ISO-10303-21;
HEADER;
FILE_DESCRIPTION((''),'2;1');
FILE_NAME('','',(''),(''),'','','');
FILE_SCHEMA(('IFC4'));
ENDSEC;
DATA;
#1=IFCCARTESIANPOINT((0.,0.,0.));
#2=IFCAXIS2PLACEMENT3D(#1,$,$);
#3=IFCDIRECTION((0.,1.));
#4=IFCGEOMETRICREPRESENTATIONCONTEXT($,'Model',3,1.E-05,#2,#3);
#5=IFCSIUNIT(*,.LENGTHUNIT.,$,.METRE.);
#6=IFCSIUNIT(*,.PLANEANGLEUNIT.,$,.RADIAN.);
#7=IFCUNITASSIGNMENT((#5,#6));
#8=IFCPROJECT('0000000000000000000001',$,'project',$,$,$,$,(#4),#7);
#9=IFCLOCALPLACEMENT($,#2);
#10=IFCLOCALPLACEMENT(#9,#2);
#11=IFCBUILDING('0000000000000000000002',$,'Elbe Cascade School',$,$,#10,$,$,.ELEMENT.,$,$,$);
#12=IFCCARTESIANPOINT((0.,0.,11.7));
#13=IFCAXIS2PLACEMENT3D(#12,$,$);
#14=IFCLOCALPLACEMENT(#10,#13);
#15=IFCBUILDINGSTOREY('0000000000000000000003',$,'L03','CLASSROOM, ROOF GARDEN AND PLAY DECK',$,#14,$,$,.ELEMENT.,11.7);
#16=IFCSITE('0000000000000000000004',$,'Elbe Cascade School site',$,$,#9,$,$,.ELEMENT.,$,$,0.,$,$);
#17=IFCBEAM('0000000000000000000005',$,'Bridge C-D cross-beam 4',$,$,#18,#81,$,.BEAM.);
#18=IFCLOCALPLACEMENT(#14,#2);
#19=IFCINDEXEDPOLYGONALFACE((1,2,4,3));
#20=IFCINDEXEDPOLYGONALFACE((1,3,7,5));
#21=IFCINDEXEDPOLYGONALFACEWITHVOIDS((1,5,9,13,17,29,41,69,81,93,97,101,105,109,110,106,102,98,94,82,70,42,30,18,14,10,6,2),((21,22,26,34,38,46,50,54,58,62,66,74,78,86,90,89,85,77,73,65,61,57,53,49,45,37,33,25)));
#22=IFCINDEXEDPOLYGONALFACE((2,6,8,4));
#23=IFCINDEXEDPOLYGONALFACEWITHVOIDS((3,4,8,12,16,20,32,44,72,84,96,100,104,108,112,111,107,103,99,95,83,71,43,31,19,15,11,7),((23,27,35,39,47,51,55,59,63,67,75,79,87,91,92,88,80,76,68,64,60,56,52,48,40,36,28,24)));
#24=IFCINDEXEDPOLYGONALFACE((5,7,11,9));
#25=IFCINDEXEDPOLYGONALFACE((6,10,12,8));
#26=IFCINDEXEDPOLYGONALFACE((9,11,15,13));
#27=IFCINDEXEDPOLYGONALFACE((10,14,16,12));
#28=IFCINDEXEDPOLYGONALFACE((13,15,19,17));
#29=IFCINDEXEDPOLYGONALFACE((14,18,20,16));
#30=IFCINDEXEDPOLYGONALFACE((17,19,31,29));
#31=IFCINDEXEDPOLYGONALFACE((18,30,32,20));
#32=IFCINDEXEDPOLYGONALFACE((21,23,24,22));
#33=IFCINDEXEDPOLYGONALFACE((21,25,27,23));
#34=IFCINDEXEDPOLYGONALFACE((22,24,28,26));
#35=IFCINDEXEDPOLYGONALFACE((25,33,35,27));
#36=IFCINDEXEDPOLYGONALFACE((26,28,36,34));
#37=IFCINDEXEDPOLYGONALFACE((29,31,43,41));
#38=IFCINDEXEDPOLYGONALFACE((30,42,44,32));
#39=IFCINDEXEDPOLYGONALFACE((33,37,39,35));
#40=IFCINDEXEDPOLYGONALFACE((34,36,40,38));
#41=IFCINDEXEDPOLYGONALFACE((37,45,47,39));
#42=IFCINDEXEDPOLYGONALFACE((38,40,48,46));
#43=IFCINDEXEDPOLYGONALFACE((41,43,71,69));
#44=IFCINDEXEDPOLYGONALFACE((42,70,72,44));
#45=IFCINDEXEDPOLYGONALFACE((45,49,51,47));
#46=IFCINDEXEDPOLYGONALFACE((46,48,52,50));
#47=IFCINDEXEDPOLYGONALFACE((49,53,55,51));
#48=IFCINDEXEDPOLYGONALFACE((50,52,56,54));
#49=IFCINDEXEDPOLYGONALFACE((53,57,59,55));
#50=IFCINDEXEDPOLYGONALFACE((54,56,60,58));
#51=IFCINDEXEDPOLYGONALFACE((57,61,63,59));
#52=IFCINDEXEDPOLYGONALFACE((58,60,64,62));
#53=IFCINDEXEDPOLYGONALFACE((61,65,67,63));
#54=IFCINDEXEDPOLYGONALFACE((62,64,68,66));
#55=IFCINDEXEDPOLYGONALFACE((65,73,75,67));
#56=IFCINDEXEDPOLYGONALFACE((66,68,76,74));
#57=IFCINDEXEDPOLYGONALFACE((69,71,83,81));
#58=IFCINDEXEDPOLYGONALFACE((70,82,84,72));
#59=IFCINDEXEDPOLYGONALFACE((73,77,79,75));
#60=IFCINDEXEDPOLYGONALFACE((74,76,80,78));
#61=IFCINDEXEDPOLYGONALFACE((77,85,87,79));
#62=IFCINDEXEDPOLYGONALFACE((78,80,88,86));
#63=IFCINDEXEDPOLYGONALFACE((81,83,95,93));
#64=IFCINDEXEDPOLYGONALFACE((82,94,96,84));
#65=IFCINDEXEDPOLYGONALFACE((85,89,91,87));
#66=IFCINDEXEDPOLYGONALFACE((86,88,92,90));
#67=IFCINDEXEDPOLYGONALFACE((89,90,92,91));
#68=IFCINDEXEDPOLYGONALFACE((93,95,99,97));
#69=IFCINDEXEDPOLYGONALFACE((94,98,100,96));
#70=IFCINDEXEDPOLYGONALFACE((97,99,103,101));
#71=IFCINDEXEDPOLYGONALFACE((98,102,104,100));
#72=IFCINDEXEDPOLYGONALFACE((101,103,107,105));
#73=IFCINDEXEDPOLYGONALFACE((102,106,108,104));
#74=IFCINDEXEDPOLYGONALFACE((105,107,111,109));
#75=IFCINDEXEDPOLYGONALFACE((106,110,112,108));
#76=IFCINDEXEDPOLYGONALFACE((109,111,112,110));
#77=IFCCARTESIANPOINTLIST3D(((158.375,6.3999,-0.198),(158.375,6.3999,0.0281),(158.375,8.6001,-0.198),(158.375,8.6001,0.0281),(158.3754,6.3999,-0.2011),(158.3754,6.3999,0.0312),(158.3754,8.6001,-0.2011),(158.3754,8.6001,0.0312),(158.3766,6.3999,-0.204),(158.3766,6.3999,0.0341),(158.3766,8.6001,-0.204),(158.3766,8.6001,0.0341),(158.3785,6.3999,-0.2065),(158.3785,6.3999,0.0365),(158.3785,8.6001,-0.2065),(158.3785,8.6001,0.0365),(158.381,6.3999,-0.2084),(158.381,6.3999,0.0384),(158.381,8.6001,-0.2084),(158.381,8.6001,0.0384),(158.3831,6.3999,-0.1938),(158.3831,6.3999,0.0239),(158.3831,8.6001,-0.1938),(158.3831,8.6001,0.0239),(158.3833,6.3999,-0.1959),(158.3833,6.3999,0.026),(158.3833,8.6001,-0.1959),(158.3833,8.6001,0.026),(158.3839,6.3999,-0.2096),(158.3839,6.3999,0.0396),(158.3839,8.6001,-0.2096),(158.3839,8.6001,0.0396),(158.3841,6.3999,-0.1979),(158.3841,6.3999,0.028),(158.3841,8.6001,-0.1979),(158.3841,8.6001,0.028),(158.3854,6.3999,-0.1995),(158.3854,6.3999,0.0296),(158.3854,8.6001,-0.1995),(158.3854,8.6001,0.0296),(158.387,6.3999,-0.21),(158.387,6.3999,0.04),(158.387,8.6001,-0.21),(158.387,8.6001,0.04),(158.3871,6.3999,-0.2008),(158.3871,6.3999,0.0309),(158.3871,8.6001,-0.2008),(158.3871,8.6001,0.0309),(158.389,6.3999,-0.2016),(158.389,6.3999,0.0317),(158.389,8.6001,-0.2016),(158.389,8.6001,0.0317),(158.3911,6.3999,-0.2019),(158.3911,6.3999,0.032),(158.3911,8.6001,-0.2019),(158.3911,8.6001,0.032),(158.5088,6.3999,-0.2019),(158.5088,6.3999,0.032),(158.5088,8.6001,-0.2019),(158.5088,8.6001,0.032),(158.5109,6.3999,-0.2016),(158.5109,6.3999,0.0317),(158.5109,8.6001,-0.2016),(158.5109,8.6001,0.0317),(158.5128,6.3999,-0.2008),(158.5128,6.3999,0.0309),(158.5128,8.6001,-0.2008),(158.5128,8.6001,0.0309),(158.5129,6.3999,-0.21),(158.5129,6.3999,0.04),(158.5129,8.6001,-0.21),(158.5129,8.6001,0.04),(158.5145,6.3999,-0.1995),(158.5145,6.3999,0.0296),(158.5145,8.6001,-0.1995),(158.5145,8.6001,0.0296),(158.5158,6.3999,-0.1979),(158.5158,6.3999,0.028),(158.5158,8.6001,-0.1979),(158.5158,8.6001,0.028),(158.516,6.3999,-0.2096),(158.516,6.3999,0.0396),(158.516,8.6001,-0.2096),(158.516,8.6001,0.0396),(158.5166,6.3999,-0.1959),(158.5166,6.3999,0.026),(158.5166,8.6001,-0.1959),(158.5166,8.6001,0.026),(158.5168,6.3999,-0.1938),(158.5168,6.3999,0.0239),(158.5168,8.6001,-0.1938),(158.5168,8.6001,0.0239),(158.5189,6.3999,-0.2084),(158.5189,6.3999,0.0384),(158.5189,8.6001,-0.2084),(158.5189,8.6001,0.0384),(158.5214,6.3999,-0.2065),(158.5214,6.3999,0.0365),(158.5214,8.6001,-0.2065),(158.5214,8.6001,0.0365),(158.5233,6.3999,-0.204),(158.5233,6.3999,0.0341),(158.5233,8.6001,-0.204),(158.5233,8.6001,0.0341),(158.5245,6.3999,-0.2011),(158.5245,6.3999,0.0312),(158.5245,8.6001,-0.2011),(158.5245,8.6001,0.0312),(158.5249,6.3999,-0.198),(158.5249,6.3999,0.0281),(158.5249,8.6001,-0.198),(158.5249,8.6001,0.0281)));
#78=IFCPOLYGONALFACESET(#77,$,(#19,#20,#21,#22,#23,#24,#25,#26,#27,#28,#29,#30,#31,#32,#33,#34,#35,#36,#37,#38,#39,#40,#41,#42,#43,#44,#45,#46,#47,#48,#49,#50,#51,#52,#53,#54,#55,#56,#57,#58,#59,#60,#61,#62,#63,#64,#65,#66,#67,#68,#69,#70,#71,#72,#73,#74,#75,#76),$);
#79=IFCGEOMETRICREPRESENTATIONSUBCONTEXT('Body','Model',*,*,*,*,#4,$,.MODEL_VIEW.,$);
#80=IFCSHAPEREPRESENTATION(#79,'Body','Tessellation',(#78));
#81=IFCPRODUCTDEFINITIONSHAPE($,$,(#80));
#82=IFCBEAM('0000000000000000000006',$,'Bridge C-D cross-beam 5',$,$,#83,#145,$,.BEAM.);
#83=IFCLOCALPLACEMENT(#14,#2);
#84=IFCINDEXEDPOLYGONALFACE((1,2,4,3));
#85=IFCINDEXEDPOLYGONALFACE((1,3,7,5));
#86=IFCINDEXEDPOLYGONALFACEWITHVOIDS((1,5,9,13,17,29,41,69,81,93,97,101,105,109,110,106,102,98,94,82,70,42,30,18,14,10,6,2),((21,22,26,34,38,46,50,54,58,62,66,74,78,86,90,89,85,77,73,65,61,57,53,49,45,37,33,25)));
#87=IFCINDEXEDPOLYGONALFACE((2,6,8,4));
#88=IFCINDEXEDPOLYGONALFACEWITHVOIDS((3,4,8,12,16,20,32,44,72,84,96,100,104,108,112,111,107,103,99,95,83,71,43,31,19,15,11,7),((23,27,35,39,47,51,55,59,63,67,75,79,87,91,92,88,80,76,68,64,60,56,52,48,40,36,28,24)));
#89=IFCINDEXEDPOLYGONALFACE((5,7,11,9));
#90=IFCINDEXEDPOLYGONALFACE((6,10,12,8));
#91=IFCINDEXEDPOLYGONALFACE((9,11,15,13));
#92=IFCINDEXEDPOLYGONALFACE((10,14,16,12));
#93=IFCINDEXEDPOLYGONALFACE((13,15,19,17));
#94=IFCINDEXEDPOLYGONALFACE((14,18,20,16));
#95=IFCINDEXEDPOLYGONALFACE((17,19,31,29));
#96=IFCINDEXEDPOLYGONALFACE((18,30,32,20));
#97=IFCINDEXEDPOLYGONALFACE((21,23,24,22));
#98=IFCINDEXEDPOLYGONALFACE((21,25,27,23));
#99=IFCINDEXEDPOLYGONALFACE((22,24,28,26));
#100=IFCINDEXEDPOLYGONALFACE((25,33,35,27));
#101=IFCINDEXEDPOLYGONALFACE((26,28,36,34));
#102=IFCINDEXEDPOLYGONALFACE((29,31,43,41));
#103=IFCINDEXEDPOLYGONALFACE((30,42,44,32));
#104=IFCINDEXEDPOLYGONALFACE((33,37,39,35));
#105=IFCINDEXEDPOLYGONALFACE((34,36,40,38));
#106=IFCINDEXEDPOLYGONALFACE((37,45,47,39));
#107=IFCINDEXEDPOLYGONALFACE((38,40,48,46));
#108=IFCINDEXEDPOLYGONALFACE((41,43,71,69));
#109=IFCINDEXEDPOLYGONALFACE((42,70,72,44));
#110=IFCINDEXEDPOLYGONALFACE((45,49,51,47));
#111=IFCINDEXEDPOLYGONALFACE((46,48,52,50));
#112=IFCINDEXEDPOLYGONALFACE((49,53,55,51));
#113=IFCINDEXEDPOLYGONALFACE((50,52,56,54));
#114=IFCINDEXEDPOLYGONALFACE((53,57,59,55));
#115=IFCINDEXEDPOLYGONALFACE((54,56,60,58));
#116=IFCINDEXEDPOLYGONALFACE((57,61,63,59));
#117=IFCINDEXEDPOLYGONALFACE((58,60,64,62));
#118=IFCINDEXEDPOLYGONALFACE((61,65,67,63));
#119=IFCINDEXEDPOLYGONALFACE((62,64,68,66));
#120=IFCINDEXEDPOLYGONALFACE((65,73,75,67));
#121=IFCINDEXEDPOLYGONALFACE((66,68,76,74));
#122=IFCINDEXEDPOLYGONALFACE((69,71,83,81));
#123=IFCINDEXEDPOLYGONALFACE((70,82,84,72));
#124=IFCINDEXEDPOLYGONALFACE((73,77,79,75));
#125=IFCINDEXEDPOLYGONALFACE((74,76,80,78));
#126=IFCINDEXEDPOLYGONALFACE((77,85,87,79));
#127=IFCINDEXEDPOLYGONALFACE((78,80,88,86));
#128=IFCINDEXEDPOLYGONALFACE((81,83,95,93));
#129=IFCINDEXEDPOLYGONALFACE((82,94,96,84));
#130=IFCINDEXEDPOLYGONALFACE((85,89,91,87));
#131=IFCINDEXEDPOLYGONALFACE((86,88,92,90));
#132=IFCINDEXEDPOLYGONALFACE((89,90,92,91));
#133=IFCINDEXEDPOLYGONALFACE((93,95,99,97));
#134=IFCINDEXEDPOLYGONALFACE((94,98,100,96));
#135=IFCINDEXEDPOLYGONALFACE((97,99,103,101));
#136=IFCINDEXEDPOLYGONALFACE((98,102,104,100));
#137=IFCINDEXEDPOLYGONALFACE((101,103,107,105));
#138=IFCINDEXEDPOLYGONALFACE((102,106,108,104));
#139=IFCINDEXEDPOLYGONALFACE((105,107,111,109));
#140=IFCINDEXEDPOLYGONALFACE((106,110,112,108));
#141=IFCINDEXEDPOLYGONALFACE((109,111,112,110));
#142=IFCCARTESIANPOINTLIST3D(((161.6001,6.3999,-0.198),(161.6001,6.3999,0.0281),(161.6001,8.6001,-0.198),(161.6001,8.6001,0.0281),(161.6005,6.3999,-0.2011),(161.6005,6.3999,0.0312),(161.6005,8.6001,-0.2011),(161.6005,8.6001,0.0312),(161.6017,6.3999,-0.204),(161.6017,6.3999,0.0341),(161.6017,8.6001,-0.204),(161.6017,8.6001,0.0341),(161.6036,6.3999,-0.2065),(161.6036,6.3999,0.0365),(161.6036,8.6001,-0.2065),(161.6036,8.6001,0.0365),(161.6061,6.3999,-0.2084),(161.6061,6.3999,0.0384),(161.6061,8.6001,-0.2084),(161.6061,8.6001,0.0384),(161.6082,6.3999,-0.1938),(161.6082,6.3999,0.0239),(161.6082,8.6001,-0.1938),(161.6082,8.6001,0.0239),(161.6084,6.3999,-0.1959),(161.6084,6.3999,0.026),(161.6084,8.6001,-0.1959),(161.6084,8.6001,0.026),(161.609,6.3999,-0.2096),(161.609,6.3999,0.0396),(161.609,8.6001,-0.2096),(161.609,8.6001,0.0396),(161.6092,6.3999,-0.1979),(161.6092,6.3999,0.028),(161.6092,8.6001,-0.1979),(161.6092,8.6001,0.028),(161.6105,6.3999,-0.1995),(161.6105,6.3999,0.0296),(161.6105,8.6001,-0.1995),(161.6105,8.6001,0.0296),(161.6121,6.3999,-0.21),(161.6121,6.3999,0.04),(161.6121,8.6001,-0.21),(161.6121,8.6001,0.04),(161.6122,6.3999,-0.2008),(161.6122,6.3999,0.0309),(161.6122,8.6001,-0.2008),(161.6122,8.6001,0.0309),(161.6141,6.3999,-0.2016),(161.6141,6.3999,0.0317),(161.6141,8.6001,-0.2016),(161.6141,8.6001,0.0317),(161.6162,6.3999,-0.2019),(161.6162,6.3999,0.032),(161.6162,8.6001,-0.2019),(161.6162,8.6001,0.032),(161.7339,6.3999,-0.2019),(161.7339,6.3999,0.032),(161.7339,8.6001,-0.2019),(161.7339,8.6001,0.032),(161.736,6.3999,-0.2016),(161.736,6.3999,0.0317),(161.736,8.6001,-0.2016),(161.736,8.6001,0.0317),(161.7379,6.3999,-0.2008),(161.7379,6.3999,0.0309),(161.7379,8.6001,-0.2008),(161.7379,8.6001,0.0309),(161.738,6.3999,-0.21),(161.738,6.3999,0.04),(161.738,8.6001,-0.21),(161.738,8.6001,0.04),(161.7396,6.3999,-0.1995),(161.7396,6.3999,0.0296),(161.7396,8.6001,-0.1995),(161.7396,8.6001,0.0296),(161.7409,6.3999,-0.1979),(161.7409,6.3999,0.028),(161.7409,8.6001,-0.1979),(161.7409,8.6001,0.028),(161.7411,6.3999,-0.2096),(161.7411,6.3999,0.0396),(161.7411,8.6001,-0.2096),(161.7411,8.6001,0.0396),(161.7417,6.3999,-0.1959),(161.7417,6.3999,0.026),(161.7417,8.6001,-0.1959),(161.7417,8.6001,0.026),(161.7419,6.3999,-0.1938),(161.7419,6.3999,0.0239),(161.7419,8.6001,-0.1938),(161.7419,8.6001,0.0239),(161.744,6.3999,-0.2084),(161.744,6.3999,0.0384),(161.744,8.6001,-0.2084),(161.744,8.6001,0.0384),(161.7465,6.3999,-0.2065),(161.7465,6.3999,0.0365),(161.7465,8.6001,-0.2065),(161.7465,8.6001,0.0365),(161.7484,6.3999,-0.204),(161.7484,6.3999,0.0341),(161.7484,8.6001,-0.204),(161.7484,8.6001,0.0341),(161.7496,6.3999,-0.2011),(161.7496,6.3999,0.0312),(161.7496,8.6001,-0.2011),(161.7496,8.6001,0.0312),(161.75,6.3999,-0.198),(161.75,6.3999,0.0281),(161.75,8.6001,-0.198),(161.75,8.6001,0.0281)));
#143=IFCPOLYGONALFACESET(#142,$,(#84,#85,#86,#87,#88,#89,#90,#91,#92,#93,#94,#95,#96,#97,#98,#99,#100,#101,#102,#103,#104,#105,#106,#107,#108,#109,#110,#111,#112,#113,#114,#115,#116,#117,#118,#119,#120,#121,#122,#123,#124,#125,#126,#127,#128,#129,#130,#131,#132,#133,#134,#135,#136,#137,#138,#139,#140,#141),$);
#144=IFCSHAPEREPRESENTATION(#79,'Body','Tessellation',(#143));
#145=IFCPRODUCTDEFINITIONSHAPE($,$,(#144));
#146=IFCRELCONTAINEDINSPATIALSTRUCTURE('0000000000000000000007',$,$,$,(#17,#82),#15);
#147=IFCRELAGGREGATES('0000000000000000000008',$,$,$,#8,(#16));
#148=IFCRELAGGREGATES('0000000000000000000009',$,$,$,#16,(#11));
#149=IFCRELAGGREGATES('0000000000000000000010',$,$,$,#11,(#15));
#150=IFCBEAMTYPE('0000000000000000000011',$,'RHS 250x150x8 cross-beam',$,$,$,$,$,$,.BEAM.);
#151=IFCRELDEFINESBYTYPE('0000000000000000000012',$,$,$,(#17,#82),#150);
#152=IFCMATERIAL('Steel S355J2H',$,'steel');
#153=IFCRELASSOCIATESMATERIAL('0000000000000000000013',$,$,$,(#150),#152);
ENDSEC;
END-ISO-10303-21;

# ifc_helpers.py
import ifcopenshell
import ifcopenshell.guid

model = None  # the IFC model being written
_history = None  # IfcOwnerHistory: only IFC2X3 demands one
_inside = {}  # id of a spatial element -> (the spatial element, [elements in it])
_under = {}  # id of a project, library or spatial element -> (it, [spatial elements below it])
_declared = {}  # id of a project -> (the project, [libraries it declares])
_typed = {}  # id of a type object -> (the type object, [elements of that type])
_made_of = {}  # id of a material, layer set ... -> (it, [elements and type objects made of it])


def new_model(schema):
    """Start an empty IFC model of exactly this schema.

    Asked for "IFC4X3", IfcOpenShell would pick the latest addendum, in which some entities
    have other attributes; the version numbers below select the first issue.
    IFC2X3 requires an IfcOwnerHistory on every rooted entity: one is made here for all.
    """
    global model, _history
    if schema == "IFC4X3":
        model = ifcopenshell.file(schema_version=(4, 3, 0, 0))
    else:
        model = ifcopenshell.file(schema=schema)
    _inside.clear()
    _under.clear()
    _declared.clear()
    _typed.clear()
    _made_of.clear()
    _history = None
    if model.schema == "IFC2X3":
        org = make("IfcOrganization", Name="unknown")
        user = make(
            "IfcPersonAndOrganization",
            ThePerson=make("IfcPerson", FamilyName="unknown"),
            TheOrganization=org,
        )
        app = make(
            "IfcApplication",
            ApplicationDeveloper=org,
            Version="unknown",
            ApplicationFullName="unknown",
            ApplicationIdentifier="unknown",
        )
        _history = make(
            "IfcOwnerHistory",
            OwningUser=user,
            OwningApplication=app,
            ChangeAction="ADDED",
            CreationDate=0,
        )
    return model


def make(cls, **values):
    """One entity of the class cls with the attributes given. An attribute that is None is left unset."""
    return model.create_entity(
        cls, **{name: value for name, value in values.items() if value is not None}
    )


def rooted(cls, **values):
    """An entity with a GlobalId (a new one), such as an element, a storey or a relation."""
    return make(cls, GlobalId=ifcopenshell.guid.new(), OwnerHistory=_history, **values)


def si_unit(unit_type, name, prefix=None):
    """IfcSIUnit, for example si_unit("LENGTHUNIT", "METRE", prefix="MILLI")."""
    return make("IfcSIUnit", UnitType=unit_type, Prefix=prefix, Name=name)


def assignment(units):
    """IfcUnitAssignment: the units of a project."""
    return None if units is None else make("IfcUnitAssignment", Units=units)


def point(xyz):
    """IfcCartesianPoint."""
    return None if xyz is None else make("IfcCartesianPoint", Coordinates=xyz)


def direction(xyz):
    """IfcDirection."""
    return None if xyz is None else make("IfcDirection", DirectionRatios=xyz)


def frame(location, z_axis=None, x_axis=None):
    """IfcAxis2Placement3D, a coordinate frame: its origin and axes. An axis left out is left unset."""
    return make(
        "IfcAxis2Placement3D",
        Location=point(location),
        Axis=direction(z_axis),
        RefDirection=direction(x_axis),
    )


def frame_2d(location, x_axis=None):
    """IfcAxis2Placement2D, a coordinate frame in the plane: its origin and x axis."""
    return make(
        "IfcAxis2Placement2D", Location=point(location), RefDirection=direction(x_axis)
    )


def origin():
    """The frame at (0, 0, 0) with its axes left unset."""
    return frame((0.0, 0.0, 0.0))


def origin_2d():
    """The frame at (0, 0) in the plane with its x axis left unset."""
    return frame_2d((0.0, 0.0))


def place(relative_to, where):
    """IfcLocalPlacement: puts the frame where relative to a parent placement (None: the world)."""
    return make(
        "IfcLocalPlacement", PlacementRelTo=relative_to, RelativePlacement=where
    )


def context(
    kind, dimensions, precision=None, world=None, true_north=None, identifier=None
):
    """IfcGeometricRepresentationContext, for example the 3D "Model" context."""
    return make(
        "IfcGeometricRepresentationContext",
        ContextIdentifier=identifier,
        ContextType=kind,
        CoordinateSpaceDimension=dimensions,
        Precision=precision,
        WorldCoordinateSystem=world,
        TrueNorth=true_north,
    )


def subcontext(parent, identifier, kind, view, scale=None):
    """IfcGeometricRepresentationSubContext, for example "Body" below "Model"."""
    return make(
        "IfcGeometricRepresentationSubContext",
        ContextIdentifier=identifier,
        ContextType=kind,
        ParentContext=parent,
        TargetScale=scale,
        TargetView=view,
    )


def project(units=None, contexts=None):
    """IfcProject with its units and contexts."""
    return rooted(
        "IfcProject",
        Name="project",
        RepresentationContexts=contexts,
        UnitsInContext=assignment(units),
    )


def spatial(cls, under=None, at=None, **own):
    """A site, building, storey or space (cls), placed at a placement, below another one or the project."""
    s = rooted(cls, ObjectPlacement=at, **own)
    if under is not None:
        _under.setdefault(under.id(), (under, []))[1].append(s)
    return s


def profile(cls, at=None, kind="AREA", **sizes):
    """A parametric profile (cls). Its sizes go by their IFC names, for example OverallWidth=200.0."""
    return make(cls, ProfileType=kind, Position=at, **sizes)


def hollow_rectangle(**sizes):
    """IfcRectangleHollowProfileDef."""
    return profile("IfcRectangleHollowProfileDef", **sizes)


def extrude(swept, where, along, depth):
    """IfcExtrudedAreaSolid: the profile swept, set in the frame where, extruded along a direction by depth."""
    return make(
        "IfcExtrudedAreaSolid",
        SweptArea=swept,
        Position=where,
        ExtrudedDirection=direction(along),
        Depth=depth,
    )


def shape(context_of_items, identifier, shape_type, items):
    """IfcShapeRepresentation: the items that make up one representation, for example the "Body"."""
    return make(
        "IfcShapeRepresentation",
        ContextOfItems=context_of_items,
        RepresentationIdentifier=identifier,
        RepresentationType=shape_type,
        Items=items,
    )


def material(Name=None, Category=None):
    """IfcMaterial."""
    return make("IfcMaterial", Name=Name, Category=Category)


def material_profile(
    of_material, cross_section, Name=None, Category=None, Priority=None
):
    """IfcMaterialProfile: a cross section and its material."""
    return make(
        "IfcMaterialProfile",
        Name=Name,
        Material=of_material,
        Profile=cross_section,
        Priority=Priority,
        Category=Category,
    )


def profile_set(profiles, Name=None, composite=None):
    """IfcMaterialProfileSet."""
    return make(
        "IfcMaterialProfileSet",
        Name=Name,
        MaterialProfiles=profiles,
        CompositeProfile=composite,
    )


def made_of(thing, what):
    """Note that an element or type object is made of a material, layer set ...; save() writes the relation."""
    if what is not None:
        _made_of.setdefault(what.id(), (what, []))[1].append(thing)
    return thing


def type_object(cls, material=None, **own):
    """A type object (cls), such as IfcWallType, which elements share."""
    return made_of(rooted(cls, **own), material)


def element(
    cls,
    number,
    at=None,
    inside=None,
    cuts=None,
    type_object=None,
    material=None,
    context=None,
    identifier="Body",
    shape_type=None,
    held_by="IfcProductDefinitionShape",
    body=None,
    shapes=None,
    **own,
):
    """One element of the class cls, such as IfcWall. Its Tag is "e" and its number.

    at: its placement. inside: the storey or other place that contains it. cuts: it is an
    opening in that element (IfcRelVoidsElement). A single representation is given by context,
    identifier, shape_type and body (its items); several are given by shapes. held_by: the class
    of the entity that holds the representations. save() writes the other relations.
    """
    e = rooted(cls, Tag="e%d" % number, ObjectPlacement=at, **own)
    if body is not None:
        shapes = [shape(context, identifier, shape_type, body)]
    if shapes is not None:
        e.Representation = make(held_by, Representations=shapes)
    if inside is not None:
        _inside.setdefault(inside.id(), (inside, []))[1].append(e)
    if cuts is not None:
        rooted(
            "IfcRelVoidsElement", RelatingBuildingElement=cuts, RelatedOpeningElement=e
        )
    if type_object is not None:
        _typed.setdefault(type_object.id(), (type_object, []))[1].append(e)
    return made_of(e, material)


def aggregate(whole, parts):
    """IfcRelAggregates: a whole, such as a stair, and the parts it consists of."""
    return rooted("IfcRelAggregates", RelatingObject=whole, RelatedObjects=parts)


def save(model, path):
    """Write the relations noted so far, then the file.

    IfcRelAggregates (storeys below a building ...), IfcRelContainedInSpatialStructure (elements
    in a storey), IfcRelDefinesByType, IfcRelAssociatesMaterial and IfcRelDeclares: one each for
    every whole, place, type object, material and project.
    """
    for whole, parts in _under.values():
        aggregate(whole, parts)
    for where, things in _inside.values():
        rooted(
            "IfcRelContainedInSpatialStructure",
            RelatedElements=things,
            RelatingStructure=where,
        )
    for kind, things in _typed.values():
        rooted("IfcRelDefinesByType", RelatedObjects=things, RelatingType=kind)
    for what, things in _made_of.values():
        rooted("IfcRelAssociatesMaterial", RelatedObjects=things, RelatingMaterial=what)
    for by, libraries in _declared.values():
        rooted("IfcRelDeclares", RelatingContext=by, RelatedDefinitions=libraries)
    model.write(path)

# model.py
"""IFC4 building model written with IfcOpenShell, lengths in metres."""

from ifc_helpers import new_model, si_unit, direction, frame, origin, origin_2d, place, context, subcontext, project, spatial, hollow_rectangle, extrude, material, material_profile, profile_set, type_object, element, save


model = new_model("IFC4")

# Units and contexts
model_context = context("Model", 3, precision=1e-05, world=origin(), true_north=direction((0.0, 1.0)))
body_context = subcontext(model_context, "Body", "Model", "MODEL_VIEW")
ifc_project = project(units=[si_unit("LENGTHUNIT", "METRE"), si_unit("PLANEANGLEUNIT", "RADIAN")], contexts=[model_context])

# Site, building, storey
site_placement = place(None, origin())
site = spatial("IfcSite", under=ifc_project, at=site_placement, Name="Elbe Cascade School site", CompositionType="ELEMENT", RefElevation=0.0)
building_placement = place(site_placement, origin())
building = spatial("IfcBuilding", under=site, at=building_placement, Name="Elbe Cascade School", CompositionType="ELEMENT")
storey_placement = place(building_placement, frame((0.0, 0.0, 11.7)))
storey = spatial("IfcBuildingStorey", under=building, at=storey_placement, Name="L03", Description="CLASSROOM, ROOF GARDEN AND PLAY DECK", CompositionType="ELEMENT", Elevation=11.7)

# Beams
ifc_material_1 = material(Name="Steel S355J2H", Category="steel")
ifc_material_profile_1 = material_profile(ifc_material_1, hollow_rectangle(XDim=0.1499, YDim=0.25, WallThickness=0.0081, InnerFilletRadius=0.0081, OuterFilletRadius=0.012, at=origin_2d()), Name="RHS 250x150x8")
ifc_profile_set_1 = profile_set([ifc_material_profile_1], Name="Steel S355J2H")
beam_type_1 = type_object("IfcBeamType", Name="RHS 250x150x8 cross-beam", PredefinedType="BEAM", material=ifc_profile_set_1)
for number, where, z_axis, x_axis, name in (
    (1, (158.45, 6.3999, -0.085), (0.0, 1.0, 0.0), (-1.0, 0.0, 0.0), "Bridge C-D cross-beam 4"),
    (2, (161.675, 6.3999, -0.085), (0.0, 1.0, 0.0), (-1.0, 0.0, 0.0), "Bridge C-D cross-beam 5"),
):
    element("IfcBeam", number, at=place(storey_placement, frame(where, z_axis=z_axis, x_axis=x_axis)), inside=storey, type_object=beam_type_1, Name=name, PredefinedType="BEAM", context=body_context, shape_type="SweptSolid", body=[
        extrude(hollow_rectangle(XDim=0.1499, YDim=0.25, WallThickness=0.0081, InnerFilletRadius=0.0081, OuterFilletRadius=0.012, at=origin_2d()), origin(), (0.0, 0.0, 1.0), 2.2002),
    ])

save(model, "model.ifc")
